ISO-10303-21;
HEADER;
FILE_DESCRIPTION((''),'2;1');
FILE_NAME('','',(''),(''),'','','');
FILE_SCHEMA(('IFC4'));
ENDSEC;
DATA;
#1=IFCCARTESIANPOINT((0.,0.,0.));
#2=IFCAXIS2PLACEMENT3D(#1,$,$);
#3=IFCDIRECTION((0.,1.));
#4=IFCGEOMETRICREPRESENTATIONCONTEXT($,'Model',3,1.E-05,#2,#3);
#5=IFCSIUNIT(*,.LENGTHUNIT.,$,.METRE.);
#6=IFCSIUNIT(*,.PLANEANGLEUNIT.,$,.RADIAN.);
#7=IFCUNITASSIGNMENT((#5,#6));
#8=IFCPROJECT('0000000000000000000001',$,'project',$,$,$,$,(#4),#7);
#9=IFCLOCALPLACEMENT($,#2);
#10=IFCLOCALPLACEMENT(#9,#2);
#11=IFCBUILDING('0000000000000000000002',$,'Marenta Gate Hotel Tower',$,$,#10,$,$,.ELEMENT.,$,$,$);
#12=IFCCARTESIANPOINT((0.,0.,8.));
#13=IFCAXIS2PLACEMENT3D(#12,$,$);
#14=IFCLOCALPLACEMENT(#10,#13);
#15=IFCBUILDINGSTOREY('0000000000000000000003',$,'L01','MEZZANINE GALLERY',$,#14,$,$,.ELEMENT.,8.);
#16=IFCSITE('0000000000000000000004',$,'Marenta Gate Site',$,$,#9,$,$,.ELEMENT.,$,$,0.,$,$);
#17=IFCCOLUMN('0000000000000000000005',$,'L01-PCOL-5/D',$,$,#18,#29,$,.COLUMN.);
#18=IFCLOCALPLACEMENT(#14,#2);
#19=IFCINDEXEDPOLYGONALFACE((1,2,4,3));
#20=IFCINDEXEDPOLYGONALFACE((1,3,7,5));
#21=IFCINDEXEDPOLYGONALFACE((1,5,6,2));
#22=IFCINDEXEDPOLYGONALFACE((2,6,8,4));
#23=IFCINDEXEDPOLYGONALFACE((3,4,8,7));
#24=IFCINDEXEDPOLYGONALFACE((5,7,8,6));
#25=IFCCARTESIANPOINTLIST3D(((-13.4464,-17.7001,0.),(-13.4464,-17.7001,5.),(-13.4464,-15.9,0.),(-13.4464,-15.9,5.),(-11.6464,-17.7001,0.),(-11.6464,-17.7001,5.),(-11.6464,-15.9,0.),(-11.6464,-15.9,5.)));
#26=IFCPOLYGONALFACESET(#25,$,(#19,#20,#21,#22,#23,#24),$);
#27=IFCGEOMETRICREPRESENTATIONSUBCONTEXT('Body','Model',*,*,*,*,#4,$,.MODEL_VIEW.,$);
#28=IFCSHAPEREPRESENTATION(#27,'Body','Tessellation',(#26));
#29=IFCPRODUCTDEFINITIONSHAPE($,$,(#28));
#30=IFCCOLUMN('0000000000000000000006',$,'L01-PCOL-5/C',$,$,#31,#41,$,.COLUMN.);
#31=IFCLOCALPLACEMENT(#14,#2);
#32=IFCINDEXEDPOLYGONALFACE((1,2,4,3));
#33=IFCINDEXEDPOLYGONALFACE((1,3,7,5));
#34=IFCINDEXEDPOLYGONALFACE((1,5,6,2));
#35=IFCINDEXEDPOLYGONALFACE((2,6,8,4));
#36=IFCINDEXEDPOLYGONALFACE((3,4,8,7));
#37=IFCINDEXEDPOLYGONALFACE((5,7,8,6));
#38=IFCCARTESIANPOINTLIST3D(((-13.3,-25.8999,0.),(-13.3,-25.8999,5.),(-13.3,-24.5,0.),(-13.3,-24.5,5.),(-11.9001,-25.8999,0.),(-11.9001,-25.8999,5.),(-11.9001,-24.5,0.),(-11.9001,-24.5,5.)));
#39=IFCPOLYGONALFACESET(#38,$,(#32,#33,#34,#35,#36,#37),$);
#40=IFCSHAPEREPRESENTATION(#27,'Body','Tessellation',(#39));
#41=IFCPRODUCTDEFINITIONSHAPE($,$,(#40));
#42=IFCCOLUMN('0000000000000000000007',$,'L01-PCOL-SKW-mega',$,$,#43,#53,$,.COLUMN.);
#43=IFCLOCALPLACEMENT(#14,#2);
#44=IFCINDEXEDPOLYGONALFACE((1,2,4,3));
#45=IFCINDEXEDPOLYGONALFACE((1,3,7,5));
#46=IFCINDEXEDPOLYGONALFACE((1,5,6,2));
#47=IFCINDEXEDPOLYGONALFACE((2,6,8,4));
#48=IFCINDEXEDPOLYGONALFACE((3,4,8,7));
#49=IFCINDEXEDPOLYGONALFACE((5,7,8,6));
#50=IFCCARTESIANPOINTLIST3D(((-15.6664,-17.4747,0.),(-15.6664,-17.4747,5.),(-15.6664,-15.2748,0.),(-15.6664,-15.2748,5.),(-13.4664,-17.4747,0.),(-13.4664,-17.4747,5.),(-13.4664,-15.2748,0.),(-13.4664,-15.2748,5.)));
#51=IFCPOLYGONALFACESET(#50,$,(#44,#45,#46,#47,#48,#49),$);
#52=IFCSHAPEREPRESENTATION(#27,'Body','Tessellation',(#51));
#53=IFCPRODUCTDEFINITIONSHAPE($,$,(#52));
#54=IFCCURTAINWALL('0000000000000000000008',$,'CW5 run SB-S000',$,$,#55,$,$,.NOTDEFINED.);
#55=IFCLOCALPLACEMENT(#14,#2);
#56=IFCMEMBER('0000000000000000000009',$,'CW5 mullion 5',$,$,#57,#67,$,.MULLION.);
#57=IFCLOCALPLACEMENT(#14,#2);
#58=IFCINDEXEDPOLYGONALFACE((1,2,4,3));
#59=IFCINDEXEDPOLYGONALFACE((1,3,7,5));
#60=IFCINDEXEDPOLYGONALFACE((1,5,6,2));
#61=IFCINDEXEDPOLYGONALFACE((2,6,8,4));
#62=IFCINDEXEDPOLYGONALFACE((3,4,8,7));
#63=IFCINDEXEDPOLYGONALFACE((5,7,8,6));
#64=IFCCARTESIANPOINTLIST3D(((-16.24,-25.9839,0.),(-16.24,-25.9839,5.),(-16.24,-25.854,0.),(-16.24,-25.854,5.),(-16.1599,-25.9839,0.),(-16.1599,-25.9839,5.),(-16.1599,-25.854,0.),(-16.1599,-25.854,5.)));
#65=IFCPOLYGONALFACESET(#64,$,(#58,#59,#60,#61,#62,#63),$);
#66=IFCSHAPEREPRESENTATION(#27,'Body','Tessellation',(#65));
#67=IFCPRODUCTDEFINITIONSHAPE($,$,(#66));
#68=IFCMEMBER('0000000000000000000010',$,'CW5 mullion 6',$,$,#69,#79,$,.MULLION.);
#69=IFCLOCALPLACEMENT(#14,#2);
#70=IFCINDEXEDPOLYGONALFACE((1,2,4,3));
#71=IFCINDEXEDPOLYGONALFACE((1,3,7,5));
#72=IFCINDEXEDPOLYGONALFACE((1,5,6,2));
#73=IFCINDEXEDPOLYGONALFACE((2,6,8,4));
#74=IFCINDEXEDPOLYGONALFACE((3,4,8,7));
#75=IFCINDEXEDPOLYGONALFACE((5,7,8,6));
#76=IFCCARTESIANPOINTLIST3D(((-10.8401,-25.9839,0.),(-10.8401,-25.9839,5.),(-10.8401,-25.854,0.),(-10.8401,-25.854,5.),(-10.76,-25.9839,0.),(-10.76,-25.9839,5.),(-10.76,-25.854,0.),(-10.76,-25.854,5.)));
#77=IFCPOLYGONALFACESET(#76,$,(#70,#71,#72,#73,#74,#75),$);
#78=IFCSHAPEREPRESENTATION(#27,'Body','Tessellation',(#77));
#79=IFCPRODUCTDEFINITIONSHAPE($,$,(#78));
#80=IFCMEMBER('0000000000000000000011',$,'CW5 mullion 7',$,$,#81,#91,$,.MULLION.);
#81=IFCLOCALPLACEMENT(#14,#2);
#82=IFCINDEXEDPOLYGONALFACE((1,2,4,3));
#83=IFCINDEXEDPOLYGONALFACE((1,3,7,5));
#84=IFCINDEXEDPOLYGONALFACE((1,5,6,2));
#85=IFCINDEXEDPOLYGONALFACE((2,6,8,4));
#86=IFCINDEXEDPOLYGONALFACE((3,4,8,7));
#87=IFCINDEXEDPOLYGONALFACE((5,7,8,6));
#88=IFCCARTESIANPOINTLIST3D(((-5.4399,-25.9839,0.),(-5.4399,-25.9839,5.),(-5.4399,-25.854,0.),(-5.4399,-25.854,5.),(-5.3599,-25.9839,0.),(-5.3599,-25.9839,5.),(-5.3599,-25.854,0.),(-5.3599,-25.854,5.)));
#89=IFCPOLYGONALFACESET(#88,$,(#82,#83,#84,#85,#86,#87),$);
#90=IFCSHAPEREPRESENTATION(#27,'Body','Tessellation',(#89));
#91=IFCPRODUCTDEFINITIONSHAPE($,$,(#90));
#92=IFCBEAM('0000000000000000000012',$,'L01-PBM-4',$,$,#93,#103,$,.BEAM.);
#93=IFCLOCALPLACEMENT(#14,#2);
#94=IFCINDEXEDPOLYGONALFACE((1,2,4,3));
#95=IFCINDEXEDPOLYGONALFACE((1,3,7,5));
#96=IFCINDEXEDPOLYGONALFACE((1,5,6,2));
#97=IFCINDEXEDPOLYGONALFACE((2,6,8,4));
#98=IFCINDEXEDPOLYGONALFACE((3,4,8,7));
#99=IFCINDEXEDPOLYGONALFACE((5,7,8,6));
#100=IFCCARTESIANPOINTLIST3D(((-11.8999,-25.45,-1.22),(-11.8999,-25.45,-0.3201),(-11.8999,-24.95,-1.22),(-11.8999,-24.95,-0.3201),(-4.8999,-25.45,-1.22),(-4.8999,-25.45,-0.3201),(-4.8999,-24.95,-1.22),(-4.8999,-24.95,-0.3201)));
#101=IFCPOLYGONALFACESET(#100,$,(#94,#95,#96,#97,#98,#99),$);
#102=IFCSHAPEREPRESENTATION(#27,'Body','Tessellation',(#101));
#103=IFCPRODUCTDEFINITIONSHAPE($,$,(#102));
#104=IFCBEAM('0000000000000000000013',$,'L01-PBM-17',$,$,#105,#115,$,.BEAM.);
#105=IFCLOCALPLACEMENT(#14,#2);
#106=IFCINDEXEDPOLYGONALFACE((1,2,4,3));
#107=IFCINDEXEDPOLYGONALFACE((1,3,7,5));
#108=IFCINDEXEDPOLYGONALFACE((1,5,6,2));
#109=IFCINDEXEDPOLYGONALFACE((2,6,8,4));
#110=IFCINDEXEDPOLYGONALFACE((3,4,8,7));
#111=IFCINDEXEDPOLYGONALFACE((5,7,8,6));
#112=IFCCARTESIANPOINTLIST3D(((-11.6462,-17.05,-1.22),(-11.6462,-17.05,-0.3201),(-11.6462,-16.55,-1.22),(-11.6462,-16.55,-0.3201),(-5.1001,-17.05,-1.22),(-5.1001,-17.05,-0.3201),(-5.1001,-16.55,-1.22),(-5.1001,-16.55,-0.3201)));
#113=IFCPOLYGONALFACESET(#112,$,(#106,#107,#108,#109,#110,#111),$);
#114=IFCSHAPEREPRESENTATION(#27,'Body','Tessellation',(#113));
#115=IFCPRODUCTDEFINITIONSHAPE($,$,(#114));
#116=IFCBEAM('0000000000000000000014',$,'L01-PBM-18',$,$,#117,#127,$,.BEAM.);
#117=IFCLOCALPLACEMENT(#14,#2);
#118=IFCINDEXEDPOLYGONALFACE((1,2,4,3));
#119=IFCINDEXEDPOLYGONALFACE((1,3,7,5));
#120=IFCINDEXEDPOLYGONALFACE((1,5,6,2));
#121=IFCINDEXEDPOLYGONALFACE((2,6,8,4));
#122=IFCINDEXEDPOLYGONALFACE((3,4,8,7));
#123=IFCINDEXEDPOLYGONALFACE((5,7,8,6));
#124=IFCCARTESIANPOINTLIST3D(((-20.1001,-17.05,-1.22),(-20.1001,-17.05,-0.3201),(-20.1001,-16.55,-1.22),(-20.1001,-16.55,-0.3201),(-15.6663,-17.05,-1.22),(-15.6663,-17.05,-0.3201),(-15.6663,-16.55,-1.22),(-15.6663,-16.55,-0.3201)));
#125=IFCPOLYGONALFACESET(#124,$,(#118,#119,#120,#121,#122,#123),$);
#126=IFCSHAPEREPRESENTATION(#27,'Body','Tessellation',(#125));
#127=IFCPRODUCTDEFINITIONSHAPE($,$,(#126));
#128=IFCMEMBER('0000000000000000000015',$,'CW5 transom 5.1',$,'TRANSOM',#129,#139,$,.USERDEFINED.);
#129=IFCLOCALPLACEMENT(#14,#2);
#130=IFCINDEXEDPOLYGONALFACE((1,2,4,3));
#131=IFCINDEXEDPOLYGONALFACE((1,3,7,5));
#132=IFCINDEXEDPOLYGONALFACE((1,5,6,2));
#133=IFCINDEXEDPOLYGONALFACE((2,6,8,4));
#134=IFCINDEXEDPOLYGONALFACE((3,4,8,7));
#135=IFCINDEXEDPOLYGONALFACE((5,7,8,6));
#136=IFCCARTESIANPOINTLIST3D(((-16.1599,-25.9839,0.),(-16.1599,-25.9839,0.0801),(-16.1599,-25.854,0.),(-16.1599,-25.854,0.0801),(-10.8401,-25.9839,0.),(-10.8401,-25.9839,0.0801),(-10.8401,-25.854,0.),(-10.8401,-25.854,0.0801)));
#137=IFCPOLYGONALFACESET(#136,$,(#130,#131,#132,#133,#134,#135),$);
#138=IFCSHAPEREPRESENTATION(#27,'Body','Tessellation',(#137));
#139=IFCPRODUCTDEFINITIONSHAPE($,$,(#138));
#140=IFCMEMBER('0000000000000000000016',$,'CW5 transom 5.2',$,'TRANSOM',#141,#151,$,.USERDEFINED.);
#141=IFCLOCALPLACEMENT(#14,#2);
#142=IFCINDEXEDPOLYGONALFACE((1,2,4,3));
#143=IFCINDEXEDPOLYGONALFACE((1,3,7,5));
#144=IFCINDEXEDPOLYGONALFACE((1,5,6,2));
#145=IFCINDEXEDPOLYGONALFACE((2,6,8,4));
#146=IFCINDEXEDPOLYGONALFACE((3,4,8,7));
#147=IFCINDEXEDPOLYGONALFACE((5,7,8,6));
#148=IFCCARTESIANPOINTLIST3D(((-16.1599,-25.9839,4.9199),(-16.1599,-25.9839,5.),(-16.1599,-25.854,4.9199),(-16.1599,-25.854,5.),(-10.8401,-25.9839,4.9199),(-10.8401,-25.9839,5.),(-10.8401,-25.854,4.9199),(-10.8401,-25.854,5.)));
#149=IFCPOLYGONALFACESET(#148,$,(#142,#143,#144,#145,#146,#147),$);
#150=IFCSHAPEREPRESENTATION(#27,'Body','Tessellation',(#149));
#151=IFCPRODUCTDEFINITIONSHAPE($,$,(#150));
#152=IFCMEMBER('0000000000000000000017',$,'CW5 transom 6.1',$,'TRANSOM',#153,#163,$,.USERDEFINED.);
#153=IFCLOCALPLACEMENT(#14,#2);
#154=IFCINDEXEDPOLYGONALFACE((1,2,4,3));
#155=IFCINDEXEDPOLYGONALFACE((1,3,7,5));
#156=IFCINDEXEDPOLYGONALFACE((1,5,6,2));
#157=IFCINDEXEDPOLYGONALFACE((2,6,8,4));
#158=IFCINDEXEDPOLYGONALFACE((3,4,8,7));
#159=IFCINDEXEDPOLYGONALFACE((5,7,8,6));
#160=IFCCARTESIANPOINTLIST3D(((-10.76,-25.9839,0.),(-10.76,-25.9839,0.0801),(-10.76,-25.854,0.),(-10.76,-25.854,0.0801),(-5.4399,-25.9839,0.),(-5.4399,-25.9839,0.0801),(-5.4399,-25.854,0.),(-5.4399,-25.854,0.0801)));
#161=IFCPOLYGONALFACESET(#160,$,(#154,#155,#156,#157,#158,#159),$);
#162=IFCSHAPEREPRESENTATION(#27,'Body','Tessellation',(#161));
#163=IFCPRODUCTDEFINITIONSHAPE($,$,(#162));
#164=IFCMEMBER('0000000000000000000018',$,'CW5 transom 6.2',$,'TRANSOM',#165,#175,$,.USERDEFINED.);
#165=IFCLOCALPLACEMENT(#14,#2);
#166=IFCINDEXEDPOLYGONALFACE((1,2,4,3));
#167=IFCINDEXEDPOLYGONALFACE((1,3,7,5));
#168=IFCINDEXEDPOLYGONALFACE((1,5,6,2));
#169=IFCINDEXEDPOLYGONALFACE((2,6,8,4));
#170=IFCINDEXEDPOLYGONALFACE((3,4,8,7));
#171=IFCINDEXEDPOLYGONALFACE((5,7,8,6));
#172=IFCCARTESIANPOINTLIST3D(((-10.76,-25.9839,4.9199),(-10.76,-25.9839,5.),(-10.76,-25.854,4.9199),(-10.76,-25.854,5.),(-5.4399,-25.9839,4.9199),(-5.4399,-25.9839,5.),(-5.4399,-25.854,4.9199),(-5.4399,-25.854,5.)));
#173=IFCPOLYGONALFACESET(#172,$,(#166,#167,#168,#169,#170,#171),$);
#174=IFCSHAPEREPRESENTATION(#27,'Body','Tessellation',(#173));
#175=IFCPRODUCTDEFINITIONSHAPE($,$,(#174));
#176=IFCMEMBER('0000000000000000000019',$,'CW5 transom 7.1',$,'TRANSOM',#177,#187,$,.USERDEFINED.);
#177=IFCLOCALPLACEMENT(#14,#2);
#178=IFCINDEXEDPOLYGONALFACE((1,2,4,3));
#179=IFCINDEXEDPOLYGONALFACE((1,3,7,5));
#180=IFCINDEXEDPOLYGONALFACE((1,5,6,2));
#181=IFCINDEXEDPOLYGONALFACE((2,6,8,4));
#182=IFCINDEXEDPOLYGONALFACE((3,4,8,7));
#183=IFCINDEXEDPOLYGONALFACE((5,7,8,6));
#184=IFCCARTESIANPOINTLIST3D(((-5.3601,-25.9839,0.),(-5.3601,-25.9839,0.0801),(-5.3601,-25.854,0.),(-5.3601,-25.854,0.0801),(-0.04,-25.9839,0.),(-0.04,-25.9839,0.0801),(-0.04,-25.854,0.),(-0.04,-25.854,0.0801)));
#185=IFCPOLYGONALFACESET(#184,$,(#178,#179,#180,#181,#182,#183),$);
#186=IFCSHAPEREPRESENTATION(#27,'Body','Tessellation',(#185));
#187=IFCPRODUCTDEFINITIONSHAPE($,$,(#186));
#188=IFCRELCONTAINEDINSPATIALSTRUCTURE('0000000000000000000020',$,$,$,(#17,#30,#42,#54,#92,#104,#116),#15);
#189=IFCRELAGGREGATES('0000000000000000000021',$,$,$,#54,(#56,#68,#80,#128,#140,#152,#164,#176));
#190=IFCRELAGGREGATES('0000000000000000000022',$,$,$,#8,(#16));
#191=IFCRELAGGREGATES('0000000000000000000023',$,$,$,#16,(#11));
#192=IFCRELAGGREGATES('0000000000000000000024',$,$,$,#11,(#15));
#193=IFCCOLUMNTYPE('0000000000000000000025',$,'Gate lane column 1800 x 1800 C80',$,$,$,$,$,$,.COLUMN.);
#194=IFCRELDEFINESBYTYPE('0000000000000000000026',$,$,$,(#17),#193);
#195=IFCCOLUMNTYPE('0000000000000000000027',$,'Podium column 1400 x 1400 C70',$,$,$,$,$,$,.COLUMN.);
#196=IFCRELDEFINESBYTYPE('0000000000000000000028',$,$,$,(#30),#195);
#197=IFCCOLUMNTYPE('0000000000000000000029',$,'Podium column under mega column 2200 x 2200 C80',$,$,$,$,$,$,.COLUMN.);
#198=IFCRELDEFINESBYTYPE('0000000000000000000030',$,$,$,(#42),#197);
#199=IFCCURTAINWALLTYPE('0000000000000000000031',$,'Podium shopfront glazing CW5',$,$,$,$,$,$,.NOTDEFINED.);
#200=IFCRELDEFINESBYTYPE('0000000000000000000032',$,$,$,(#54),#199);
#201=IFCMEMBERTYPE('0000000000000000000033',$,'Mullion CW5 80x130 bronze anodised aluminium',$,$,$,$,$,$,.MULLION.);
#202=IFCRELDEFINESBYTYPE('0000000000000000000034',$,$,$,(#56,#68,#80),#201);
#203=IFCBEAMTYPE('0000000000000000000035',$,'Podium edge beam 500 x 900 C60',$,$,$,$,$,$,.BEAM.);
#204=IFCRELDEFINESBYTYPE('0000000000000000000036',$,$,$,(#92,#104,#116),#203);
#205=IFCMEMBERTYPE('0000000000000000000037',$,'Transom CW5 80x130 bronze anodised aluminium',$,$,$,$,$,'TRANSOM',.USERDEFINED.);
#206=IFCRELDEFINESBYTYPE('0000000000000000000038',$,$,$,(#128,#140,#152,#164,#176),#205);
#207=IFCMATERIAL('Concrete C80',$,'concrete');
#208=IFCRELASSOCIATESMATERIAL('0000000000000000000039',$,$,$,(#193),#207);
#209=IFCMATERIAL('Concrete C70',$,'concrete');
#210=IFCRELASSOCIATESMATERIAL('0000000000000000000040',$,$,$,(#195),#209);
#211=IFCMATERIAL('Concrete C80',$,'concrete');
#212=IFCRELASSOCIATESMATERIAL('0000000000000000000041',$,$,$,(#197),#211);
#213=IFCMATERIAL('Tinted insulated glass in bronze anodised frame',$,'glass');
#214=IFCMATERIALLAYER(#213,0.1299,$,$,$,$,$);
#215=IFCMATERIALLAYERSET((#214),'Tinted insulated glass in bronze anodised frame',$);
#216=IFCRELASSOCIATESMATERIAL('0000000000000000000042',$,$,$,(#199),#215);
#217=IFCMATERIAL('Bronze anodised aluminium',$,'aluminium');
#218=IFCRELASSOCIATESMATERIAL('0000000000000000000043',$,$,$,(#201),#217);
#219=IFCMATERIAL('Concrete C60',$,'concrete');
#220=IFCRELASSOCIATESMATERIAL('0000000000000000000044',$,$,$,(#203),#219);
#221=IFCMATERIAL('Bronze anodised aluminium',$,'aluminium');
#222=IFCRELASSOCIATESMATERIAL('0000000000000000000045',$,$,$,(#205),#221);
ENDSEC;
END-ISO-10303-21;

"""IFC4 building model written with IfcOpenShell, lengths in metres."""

from ifc_helpers import new_model, si_unit, direction, frame, origin, origin_2d, place, context, subcontext, project, spatial, rectangle, extrude, material, layer, layer_set, material_profile, profile_set, type_object, element, aggregate, save


model = new_model("IFC4")

# Units and contexts
model_context = context("Model", 3, precision=1e-05, world=origin(), true_north=direction((0.0, 1.0)))
body_context = subcontext(model_context, "Body", "Model", "MODEL_VIEW")
ifc_project = project(units=[si_unit("LENGTHUNIT", "METRE"), si_unit("PLANEANGLEUNIT", "RADIAN")], contexts=[model_context])

# Site, building, storey
site_placement = place(None, origin())
site = spatial("IfcSite", under=ifc_project, at=site_placement, Name="Marenta Gate Site", CompositionType="ELEMENT", RefElevation=0.0)
building_placement = place(site_placement, origin())
building = spatial("IfcBuilding", under=site, at=building_placement, Name="Marenta Gate Hotel Tower", CompositionType="ELEMENT")
storey_placement = place(building_placement, frame((0.0, 0.0, 8.0)))
storey = spatial("IfcBuildingStorey", under=building, at=storey_placement, Name="L01", Description="MEZZANINE GALLERY", CompositionType="ELEMENT", Elevation=8.0)

# Columns
ifc_material_1 = material(Name="Concrete C80", Category="concrete")
ifc_material_profile_1 = material_profile(ifc_material_1, rectangle(XDim=1.8, YDim=1.8, at=origin_2d()), Name="1800 x 1800")
ifc_profile_set_1 = profile_set([ifc_material_profile_1], Name="Concrete C80")
column_type_1 = type_object("IfcColumnType", Name="Gate lane column 1800 x 1800 C80", PredefinedType="COLUMN", material=ifc_profile_set_1)
column_1_placement = place(storey_placement, frame((-12.5464, -16.8, 0.0), z_axis=(0.0, 0.0, 1.0), x_axis=(1.0, 0.0, 0.0)))
element("IfcColumn", 1, at=column_1_placement, inside=storey, type_object=column_type_1, Name="L01-PCOL-5/D", PredefinedType="COLUMN", context=body_context, shape_type="SweptSolid", body=[
    extrude(rectangle(XDim=1.8, YDim=1.8, at=origin_2d()), origin(), (0.0, 0.0, 1.0), 5.0),
])
ifc_material_2 = material(Name="Concrete C70", Category="concrete")
ifc_material_profile_2 = material_profile(ifc_material_2, rectangle(XDim=1.3999, YDim=1.3999, at=origin_2d()), Name="1400 x 1400")
ifc_profile_set_2 = profile_set([ifc_material_profile_2], Name="Concrete C70")
column_type_2 = type_object("IfcColumnType", Name="Podium column 1400 x 1400 C70", PredefinedType="COLUMN", material=ifc_profile_set_2)
column_2_placement = place(storey_placement, frame((-12.6001, -25.2, 0.0), z_axis=(0.0, 0.0, 1.0), x_axis=(1.0, 0.0, 0.0)))
element("IfcColumn", 2, at=column_2_placement, inside=storey, type_object=column_type_2, Name="L01-PCOL-5/C", PredefinedType="COLUMN", context=body_context, shape_type="SweptSolid", body=[
    extrude(rectangle(XDim=1.3999, YDim=1.3999, at=origin_2d()), origin(), (0.0, 0.0, 1.0), 5.0),
])
ifc_material_3 = material(Name="Concrete C80", Category="concrete")
ifc_material_profile_3 = material_profile(ifc_material_3, rectangle(XDim=2.2, YDim=2.2, at=origin_2d()), Name="2200 x 2200")
ifc_profile_set_3 = profile_set([ifc_material_profile_3], Name="Concrete C80")
column_type_3 = type_object("IfcColumnType", Name="Podium column under mega column 2200 x 2200 C80", PredefinedType="COLUMN", material=ifc_profile_set_3)
column_3_placement = place(storey_placement, frame((-14.5664, -16.3748, 0.0), z_axis=(0.0, 0.0, 1.0), x_axis=(1.0, 0.0, 0.0)))
element("IfcColumn", 3, at=column_3_placement, inside=storey, type_object=column_type_3, Name="L01-PCOL-SKW-mega", PredefinedType="COLUMN", context=body_context, shape_type="SweptSolid", body=[
    extrude(rectangle(XDim=2.2, YDim=2.2, at=origin_2d()), origin(), (0.0, 0.0, 1.0), 5.0),
])

# Curtain wall, members
ifc_material_4 = material(Name="Tinted insulated glass in bronze anodised frame", Category="glass")
ifc_layer_1 = layer(ifc_material_4, 0.1299)
ifc_layer_set_1 = layer_set([ifc_layer_1], Name="Tinted insulated glass in bronze anodised frame")
curtain_wall_type = type_object("IfcCurtainWallType", Name="Podium shopfront glazing CW5", PredefinedType="NOTDEFINED", material=ifc_layer_set_1)
curtain_wall_1_placement = place(storey_placement, origin())
curtain_wall_1 = element("IfcCurtainWall", 4, at=curtain_wall_1_placement, inside=storey, type_object=curtain_wall_type, Name="CW5 run SB-S000", PredefinedType="NOTDEFINED")
ifc_material_5 = material(Name="Bronze anodised aluminium", Category="aluminium")
ifc_material_profile_4 = material_profile(ifc_material_5, rectangle(XDim=0.1299, YDim=0.0801, at=origin_2d()), Name="Mullion CW5 80x130 bronze anodised aluminium")
ifc_profile_set_4 = profile_set([ifc_material_profile_4], Name="Bronze anodised aluminium")
member_type_1 = type_object("IfcMemberType", Name="Mullion CW5 80x130 bronze anodised aluminium", PredefinedType="MULLION", material=ifc_profile_set_4)
member_1_placement = place(storey_placement, frame((-16.2, -25.9189, 0.0), z_axis=(0.0, 0.0, 1.0), x_axis=(0.0, 1.0, 0.0)))
member_1 = element("IfcMember", 5, at=member_1_placement, type_object=member_type_1, Name="CW5 mullion 5", PredefinedType="MULLION", context=body_context, shape_type="SweptSolid", body=[
    extrude(rectangle(XDim=0.1299, YDim=0.0801, at=origin_2d()), origin(), (0.0, 0.0, 1.0), 5.0),
])
member_2_placement = place(storey_placement, frame((-10.8, -25.9189, 0.0), z_axis=(0.0, 0.0, 1.0), x_axis=(0.0, 1.0, 0.0)))
member_2 = element("IfcMember", 6, at=member_2_placement, type_object=member_type_1, Name="CW5 mullion 6", PredefinedType="MULLION", context=body_context, shape_type="SweptSolid", body=[
    extrude(rectangle(XDim=0.1299, YDim=0.0801, at=origin_2d()), origin(), (0.0, 0.0, 1.0), 5.0),
])
member_3_placement = place(storey_placement, frame((-5.3999, -25.9189, 0.0), z_axis=(0.0, 0.0, 1.0), x_axis=(0.0, 1.0, 0.0)))
member_3 = element("IfcMember", 7, at=member_3_placement, type_object=member_type_1, Name="CW5 mullion 7", PredefinedType="MULLION", context=body_context, shape_type="SweptSolid", body=[
    extrude(rectangle(XDim=0.1299, YDim=0.0801, at=origin_2d()), origin(), (0.0, 0.0, 1.0), 5.0),
])

# Beams
ifc_material_6 = material(Name="Concrete C60", Category="concrete")
ifc_material_profile_5 = material_profile(ifc_material_6, rectangle(XDim=0.5, YDim=0.8999, at=origin_2d()), Name="500 x 900")
ifc_profile_set_5 = profile_set([ifc_material_profile_5], Name="Concrete C60")
beam_type = type_object("IfcBeamType", Name="Podium edge beam 500 x 900 C60", PredefinedType="BEAM", material=ifc_profile_set_5)
beam_1_placement = place(storey_placement, frame((-11.8999, -25.2, -0.77), z_axis=(1.0, 0.0, 0.0), x_axis=(0.0, 1.0, 0.0)))
element("IfcBeam", 8, at=beam_1_placement, inside=storey, type_object=beam_type, Name="L01-PBM-4", PredefinedType="BEAM", context=body_context, shape_type="SweptSolid", body=[
    extrude(rectangle(XDim=0.5, YDim=0.8999, at=origin_2d()), origin(), (0.0, 0.0, 1.0), 7.0),
])
beam_2_placement = place(storey_placement, frame((-5.1001, -16.8, -0.77), z_axis=(-1.0, 0.0, 0.0), x_axis=(0.0, -1.0, 0.0)))
element("IfcBeam", 9, at=beam_2_placement, inside=storey, type_object=beam_type, Name="L01-PBM-17", PredefinedType="BEAM", context=body_context, shape_type="SweptSolid", body=[
    extrude(rectangle(XDim=0.5, YDim=0.8999, at=origin_2d()), origin(), (0.0, 0.0, 1.0), 6.5461),
])
beam_3_placement = place(storey_placement, frame((-15.6663, -16.8, -0.77), z_axis=(-1.0, 0.0, 0.0), x_axis=(0.0, -1.0, 0.0)))
element("IfcBeam", 10, at=beam_3_placement, inside=storey, type_object=beam_type, Name="L01-PBM-18", PredefinedType="BEAM", context=body_context, shape_type="SweptSolid", body=[
    extrude(rectangle(XDim=0.5, YDim=0.8999, at=origin_2d()), origin(), (0.0, 0.0, 1.0), 4.4338),
])

# Members
ifc_material_7 = material(Name="Bronze anodised aluminium", Category="aluminium")
ifc_material_profile_6 = material_profile(ifc_material_7, rectangle(XDim=0.1299, YDim=0.0801, at=origin_2d()), Name="Transom CW5 80x130 bronze anodised aluminium")
ifc_profile_set_6 = profile_set([ifc_material_profile_6], Name="Bronze anodised aluminium")
member_type_2 = type_object("IfcMemberType", Name="Transom CW5 80x130 bronze anodised aluminium", ElementType="TRANSOM", PredefinedType="USERDEFINED", material=ifc_profile_set_6)
member_4_placement = place(storey_placement, frame((-16.1599, -25.9189, 0.04), z_axis=(1.0, 0.0, 0.0), x_axis=(0.0, 1.0, 0.0)))
member_4 = element("IfcMember", 11, at=member_4_placement, type_object=member_type_2, Name="CW5 transom 5.1", ObjectType="TRANSOM", PredefinedType="USERDEFINED", context=body_context, shape_type="SweptSolid", body=[
    extrude(rectangle(XDim=0.1299, YDim=0.0801, at=origin_2d()), origin(), (0.0, 0.0, 1.0), 5.3198),
])
member_5_placement = place(storey_placement, frame((-16.1599, -25.9189, 4.96), z_axis=(1.0, 0.0, 0.0), x_axis=(0.0, 1.0, 0.0)))
member_5 = element("IfcMember", 12, at=member_5_placement, type_object=member_type_2, Name="CW5 transom 5.2", ObjectType="TRANSOM", PredefinedType="USERDEFINED", context=body_context, shape_type="SweptSolid", body=[
    extrude(rectangle(XDim=0.1299, YDim=0.0801, at=origin_2d()), origin(), (0.0, 0.0, 1.0), 5.3198),
])
member_6_placement = place(storey_placement, frame((-10.76, -25.9189, 0.04), z_axis=(1.0, 0.0, 0.0), x_axis=(0.0, 1.0, 0.0)))
member_6 = element("IfcMember", 13, at=member_6_placement, type_object=member_type_2, Name="CW5 transom 6.1", ObjectType="TRANSOM", PredefinedType="USERDEFINED", context=body_context, shape_type="SweptSolid", body=[
    extrude(rectangle(XDim=0.1299, YDim=0.0801, at=origin_2d()), origin(), (0.0, 0.0, 1.0), 5.3201),
])
member_7_placement = place(storey_placement, frame((-10.76, -25.9189, 4.96), z_axis=(1.0, 0.0, 0.0), x_axis=(0.0, 1.0, 0.0)))
member_7 = element("IfcMember", 14, at=member_7_placement, type_object=member_type_2, Name="CW5 transom 6.2", ObjectType="TRANSOM", PredefinedType="USERDEFINED", context=body_context, shape_type="SweptSolid", body=[
    extrude(rectangle(XDim=0.1299, YDim=0.0801, at=origin_2d()), origin(), (0.0, 0.0, 1.0), 5.3201),
])
member_8_placement = place(storey_placement, frame((-5.3601, -25.9189, 0.04), z_axis=(1.0, 0.0, 0.0), x_axis=(0.0, 1.0, 0.0)))
member_8 = element("IfcMember", 15, at=member_8_placement, type_object=member_type_2, Name="CW5 transom 7.1", ObjectType="TRANSOM", PredefinedType="USERDEFINED", context=body_context, shape_type="SweptSolid", body=[
    extrude(rectangle(XDim=0.1299, YDim=0.0801, at=origin_2d()), origin(), (0.0, 0.0, 1.0), 5.3201),
])

aggregate(curtain_wall_1, [member_1, member_2, member_3, member_4, member_5, member_6, member_7, member_8])

save(model, "model.ifc")
